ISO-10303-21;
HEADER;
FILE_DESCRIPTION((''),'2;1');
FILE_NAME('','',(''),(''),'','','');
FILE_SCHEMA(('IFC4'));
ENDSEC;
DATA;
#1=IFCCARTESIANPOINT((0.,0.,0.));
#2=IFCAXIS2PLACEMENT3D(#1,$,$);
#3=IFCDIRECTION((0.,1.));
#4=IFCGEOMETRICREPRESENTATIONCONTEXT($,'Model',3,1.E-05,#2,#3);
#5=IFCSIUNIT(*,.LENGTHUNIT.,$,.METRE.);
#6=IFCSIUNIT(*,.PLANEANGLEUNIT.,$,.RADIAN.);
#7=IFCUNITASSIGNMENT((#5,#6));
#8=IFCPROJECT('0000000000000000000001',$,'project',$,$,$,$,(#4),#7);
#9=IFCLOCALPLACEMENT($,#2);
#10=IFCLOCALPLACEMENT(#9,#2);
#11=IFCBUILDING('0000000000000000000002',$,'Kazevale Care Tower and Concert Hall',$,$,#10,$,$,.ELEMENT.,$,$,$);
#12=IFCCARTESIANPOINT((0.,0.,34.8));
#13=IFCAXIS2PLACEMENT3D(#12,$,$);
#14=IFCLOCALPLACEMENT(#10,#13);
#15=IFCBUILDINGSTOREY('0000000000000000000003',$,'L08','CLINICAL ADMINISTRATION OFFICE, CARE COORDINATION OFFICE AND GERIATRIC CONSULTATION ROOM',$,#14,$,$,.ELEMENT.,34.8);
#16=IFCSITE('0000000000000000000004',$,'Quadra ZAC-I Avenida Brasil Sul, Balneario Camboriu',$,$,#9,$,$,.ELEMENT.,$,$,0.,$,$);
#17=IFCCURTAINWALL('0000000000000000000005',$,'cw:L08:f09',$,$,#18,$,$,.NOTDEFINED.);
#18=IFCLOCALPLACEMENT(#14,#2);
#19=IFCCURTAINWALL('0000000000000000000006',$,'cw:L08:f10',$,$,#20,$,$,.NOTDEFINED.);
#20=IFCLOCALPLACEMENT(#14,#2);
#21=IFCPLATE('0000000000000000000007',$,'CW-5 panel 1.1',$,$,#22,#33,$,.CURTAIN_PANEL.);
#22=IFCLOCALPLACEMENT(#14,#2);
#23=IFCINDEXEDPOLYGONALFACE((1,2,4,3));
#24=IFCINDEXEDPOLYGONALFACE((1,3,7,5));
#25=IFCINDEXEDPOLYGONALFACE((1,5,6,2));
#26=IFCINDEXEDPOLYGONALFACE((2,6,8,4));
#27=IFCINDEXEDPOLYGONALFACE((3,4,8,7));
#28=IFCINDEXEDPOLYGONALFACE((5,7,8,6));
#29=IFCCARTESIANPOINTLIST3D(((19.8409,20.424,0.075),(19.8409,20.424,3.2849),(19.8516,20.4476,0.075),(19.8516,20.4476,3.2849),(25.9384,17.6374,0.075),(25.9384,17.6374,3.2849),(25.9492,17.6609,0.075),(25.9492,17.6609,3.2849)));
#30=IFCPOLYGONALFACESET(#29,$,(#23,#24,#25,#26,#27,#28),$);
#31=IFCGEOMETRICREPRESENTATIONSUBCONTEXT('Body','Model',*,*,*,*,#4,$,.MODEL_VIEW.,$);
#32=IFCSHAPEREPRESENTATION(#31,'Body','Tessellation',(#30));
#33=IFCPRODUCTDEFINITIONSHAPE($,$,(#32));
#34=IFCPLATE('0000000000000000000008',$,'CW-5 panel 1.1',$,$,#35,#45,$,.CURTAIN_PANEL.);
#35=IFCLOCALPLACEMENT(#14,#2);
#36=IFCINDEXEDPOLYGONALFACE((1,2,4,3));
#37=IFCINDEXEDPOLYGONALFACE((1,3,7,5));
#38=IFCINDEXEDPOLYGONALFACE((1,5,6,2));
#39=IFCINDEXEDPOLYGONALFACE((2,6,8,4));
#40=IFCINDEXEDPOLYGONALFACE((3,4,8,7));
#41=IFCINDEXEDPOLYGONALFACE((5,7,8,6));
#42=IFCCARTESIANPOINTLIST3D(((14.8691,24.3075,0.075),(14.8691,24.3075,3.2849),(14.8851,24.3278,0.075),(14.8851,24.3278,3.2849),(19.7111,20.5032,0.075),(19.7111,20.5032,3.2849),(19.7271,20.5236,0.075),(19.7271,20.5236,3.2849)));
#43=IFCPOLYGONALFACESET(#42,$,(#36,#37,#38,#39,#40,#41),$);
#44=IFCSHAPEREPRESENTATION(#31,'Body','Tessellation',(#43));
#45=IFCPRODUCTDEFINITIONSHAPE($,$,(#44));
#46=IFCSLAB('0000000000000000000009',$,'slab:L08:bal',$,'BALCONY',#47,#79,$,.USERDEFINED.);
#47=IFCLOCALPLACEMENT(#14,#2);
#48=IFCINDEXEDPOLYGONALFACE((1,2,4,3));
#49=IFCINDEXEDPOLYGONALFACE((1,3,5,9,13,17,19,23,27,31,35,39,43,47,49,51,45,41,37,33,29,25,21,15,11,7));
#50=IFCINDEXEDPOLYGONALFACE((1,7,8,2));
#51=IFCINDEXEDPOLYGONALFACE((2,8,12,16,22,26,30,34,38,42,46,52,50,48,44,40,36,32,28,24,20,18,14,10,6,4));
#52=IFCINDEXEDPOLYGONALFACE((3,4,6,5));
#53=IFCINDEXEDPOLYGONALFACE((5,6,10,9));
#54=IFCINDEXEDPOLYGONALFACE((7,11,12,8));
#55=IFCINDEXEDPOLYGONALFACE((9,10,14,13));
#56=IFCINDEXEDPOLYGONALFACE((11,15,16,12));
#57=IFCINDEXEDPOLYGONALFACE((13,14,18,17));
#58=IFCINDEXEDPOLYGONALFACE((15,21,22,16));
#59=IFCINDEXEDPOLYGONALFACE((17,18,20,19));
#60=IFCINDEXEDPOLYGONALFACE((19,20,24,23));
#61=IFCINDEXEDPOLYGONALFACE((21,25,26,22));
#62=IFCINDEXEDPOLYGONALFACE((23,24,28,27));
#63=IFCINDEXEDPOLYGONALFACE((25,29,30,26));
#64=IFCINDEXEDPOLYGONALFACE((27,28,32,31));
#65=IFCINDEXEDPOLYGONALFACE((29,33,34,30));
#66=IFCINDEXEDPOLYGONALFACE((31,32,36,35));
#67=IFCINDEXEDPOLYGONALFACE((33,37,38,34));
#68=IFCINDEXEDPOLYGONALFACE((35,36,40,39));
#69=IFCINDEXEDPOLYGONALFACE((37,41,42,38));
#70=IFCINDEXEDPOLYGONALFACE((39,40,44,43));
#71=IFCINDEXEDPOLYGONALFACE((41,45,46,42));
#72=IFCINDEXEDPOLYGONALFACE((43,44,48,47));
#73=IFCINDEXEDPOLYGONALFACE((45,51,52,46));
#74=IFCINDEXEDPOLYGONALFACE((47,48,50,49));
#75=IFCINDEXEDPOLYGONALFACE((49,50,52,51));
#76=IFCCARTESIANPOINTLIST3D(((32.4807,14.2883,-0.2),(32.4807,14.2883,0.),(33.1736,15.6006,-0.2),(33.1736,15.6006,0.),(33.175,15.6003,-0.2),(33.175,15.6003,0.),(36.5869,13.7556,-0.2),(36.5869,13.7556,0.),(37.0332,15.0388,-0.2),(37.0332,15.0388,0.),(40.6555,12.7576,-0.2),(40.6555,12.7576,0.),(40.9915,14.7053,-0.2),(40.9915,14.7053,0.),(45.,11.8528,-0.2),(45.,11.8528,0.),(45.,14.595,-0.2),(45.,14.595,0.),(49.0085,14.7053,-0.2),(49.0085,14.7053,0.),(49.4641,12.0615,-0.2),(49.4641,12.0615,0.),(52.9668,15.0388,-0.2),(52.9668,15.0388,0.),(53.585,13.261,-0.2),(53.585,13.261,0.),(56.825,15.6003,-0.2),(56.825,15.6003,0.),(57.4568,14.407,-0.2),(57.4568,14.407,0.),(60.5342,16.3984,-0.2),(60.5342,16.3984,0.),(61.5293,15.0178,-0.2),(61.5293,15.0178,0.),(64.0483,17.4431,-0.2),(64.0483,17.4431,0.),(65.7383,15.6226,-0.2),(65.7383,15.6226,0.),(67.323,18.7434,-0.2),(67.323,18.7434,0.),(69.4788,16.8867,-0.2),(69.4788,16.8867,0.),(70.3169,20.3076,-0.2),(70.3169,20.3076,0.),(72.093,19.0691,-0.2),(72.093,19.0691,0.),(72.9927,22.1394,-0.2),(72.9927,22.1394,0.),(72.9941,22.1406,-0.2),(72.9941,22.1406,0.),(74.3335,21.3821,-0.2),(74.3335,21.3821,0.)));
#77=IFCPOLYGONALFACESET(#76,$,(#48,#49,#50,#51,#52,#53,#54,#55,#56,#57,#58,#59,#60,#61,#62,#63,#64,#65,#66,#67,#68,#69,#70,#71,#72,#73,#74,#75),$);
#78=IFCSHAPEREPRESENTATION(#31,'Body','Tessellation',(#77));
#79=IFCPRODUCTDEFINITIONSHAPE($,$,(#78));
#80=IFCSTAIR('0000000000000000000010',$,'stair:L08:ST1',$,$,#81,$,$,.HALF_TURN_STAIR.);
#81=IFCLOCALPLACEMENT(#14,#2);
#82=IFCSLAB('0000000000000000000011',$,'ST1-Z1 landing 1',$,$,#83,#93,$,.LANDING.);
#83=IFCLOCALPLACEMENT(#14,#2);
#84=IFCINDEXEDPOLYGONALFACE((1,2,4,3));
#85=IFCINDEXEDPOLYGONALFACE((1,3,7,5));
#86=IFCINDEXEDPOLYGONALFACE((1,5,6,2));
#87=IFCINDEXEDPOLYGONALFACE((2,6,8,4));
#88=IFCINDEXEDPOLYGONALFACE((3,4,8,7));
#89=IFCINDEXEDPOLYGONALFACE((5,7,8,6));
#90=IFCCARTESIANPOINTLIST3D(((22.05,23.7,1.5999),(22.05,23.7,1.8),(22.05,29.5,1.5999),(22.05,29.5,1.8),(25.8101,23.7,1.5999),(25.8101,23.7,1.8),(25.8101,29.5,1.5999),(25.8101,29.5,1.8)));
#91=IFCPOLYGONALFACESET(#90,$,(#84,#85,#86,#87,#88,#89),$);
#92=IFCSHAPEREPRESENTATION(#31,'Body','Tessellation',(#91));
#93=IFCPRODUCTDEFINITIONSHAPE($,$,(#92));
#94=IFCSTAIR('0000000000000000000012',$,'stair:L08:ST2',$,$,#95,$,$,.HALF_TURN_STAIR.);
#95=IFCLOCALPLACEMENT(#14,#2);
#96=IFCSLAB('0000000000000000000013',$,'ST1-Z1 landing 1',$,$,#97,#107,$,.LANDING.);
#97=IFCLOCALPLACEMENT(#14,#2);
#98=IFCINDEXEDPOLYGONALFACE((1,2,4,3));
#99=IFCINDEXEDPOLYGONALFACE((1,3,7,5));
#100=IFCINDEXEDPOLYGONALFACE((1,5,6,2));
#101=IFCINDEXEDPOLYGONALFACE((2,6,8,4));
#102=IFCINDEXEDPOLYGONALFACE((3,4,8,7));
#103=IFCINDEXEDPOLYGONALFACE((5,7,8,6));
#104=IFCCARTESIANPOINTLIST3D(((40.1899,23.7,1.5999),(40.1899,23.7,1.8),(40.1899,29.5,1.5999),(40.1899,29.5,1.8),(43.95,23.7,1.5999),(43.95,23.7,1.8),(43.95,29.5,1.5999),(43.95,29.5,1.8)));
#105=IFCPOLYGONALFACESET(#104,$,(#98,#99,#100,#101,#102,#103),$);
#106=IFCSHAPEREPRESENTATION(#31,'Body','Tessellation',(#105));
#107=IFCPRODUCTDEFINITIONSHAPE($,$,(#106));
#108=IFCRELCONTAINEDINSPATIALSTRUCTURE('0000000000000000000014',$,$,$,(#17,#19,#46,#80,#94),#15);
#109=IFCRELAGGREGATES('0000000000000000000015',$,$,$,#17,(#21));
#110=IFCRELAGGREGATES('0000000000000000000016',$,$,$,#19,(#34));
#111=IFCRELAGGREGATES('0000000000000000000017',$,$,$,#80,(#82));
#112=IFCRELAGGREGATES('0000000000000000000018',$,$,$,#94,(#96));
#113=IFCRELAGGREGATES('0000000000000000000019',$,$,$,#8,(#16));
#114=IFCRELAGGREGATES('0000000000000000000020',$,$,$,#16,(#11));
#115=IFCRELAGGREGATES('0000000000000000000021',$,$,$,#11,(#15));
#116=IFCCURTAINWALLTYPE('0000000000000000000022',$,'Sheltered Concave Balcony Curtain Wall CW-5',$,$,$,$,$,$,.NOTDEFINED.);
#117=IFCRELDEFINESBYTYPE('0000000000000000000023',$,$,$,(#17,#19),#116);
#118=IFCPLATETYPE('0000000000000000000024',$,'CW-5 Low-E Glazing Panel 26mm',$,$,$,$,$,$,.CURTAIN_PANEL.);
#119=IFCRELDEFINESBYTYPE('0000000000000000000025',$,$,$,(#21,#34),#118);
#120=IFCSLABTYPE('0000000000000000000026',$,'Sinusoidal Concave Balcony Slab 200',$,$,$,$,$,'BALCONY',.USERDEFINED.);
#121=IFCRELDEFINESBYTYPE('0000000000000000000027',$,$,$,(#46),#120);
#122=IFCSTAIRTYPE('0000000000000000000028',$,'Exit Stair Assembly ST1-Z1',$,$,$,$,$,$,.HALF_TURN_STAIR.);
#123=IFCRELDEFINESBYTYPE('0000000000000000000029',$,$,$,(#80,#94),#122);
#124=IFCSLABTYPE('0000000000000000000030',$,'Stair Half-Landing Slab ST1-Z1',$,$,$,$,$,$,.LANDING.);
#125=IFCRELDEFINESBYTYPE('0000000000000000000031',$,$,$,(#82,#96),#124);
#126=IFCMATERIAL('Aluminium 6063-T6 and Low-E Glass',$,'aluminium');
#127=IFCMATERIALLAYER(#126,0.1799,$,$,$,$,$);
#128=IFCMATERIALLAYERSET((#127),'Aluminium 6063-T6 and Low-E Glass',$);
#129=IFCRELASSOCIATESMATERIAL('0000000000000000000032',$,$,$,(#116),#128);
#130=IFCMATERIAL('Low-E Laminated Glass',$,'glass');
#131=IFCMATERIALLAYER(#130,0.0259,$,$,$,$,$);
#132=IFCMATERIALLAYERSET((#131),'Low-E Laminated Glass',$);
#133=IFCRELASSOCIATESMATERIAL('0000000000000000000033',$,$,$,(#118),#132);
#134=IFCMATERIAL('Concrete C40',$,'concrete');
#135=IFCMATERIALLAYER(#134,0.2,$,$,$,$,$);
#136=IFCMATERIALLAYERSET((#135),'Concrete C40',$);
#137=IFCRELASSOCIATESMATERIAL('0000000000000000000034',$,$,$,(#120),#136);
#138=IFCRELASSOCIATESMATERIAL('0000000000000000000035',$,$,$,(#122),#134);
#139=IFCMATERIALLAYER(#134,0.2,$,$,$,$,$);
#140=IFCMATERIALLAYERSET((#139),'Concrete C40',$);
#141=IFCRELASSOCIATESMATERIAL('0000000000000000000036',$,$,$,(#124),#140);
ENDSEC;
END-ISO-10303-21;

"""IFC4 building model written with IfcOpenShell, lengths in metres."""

from ifc_helpers import new_model, si_unit, direction, frame, origin, origin_2d, place, context, subcontext, project, spatial, polyline, rectangle, outline, extrude, material, layer, layer_set, type_object, element, aggregate, save


model = new_model("IFC4")

# Units and contexts
model_context = context("Model", 3, precision=1e-05, world=origin(), true_north=direction((0.0, 1.0)))
body_context = subcontext(model_context, "Body", "Model", "MODEL_VIEW")
ifc_project = project(units=[si_unit("LENGTHUNIT", "METRE"), si_unit("PLANEANGLEUNIT", "RADIAN")], contexts=[model_context])

# Site, building, storey
site_placement = place(None, origin())
site = spatial("IfcSite", under=ifc_project, at=site_placement, Name="Quadra ZAC-I Avenida Brasil Sul, Balneario Camboriu", CompositionType="ELEMENT", RefElevation=0.0)
building_placement = place(site_placement, origin())
building = spatial("IfcBuilding", under=site, at=building_placement, Name="Kazevale Care Tower and Concert Hall", CompositionType="ELEMENT")
storey_placement = place(building_placement, frame((0.0, 0.0, 34.8)))
storey = spatial("IfcBuildingStorey", under=building, at=storey_placement, Name="L08", Description="CLINICAL ADMINISTRATION OFFICE, CARE COORDINATION OFFICE AND GERIATRIC CONSULTATION ROOM", CompositionType="ELEMENT", Elevation=34.8)

# Shared definitions
ifc_material_1 = material(Name="Aluminium 6063-T6 and Low-E Glass", Category="aluminium")

# Curtain wall
ifc_layer_1 = layer(ifc_material_1, 0.1799)
ifc_layer_set_1 = layer_set([ifc_layer_1], Name="Aluminium 6063-T6 and Low-E Glass")
curtain_wall_type_1 = type_object("IfcCurtainWallType", Name="Sheltered Concave Balcony Curtain Wall CW-5", PredefinedType="NOTDEFINED", material=ifc_layer_set_1)
curtain_wall_1_placement = place(storey_placement, origin())
curtain_wall_1 = element("IfcCurtainWall", 1, at=curtain_wall_1_placement, inside=storey, type_object=curtain_wall_type_1, Name="cw:L08:f09", PredefinedType="NOTDEFINED")

# Curtain wall
curtain_wall_2_placement = place(storey_placement, origin())
curtain_wall_2 = element("IfcCurtainWall", 2, at=curtain_wall_2_placement, inside=storey, type_object=curtain_wall_type_1, Name="cw:L08:f10", PredefinedType="NOTDEFINED")

# Plates
ifc_material_2 = material(Name="Low-E Laminated Glass", Category="glass")
ifc_layer_2 = layer(ifc_material_2, 0.0259)
ifc_layer_set_2 = layer_set([ifc_layer_2], Name="Low-E Laminated Glass")
plate_type_1 = type_object("IfcPlateType", Name="CW-5 Low-E Glazing Panel 26mm", PredefinedType="CURTAIN_PANEL", material=ifc_layer_set_2)
plate_1_placement = place(storey_placement, frame((22.895, 19.0425, 0.075), z_axis=(0.0, 0.0, 1.0), x_axis=(-0.90952, 0.41566, 0.0)))
plate_1 = element("IfcPlate", 3, at=plate_1_placement, type_object=plate_type_1, Name="CW-5 panel 1.1", PredefinedType="CURTAIN_PANEL", context=body_context, shape_type="SweptSolid", body=[
    extrude(rectangle(XDim=6.7041, YDim=0.0259, at=origin_2d()), origin(), (0.0, 0.0, 1.0), 3.21),
])
aggregate(curtain_wall_1, [plate_1])
plate_2_placement = place(storey_placement, frame((17.2981, 22.4155, 0.075), z_axis=(0.0, 0.0, 1.0), x_axis=(-0.786329, 0.617808, 0.0)))
plate_2 = element("IfcPlate", 4, at=plate_2_placement, type_object=plate_type_1, Name="CW-5 panel 1.1", PredefinedType="CURTAIN_PANEL", context=body_context, shape_type="SweptSolid", body=[
    extrude(rectangle(XDim=6.1577, YDim=0.0259, at=origin_2d()), origin(), (0.0, 0.0, 1.0), 3.21),
])
aggregate(curtain_wall_2, [plate_2])

# Slab
ifc_material_3 = material(Name="Concrete C40", Category="concrete")
ifc_layer_3 = layer(ifc_material_3, 0.2)
ifc_layer_set_3 = layer_set([ifc_layer_3], Name="Concrete C40")
slab_type_1 = type_object("IfcSlabType", Name="Sinusoidal Concave Balcony Slab 200", ElementType="BALCONY", PredefinedType="USERDEFINED", material=ifc_layer_set_3)
slab_1_placement = place(storey_placement, frame((0.0, 0.0, -0.2)))
element("IfcSlab", 5, at=slab_1_placement, inside=storey, type_object=slab_type_1, Name="slab:L08:bal", ObjectType="BALCONY", PredefinedType="USERDEFINED", context=body_context, shape_type="SweptSolid", body=[
    extrude(outline(polyline([(74.3335, 21.3821), (72.093, 19.0691), (69.4788, 16.8867), (65.7383, 15.6226), (61.5293, 15.0178), (57.4568, 14.407), (53.585, 13.261), (49.4641, 12.0615), (45.0, 11.8528), (40.6555, 12.7576), (36.5869, 13.7556), (32.4807, 14.2883), (33.1736, 15.6006), (33.175, 15.6003), (37.0332, 15.0388), (40.9915, 14.7053), (45.0, 14.595), (49.0085, 14.7053), (52.9668, 15.0388), (56.825, 15.6003), (60.5342, 16.3984), (64.0483, 17.4431), (67.323, 18.7434), (70.3169, 20.3076), (72.9927, 22.1394), (72.9941, 22.1406), (74.3335, 21.3821)])), origin(), (0.0, 0.0, 1.0), 0.2),
])

# Stairs, slabs
stair_type = type_object("IfcStairType", Name="Exit Stair Assembly ST1-Z1", PredefinedType="HALF_TURN_STAIR", material=ifc_material_3)
stair_1_placement = place(storey_placement, origin())
stair_1 = element("IfcStair", 6, at=stair_1_placement, inside=storey, type_object=stair_type, Name="stair:L08:ST1", PredefinedType="HALF_TURN_STAIR")
ifc_layer_4 = layer(ifc_material_3, 0.2)
ifc_layer_set_4 = layer_set([ifc_layer_4], Name="Concrete C40")
slab_type_2 = type_object("IfcSlabType", Name="Stair Half-Landing Slab ST1-Z1", PredefinedType="LANDING", material=ifc_layer_set_4)
slab_2_placement = place(storey_placement, frame((0.0, 0.0, 1.5999)))
slab_2 = element("IfcSlab", 7, at=slab_2_placement, type_object=slab_type_2, Name="ST1-Z1 landing 1", PredefinedType="LANDING", context=body_context, shape_type="SweptSolid", body=[
    extrude(outline(polyline([(22.05, 23.7), (25.8101, 23.7), (25.8101, 29.5), (22.05, 29.5), (22.05, 23.7)])), origin(), (0.0, 0.0, 1.0), 0.2002),
])
aggregate(stair_1, [slab_2])
stair_2_placement = place(storey_placement, origin())
stair_2 = element("IfcStair", 8, at=stair_2_placement, inside=storey, type_object=stair_type, Name="stair:L08:ST2", PredefinedType="HALF_TURN_STAIR")
slab_3_placement = place(storey_placement, frame((0.0, 0.0, 1.5999)))
slab_3 = element("IfcSlab", 9, at=slab_3_placement, type_object=slab_type_2, Name="ST1-Z1 landing 1", PredefinedType="LANDING", context=body_context, shape_type="SweptSolid", body=[
    extrude(outline(polyline([(40.1899, 23.7), (43.95, 23.7), (43.95, 29.5), (40.1899, 29.5), (40.1899, 23.7)])), origin(), (0.0, 0.0, 1.0), 0.2002),
])
aggregate(stair_2, [slab_3])

save(model, "model.ifc")
